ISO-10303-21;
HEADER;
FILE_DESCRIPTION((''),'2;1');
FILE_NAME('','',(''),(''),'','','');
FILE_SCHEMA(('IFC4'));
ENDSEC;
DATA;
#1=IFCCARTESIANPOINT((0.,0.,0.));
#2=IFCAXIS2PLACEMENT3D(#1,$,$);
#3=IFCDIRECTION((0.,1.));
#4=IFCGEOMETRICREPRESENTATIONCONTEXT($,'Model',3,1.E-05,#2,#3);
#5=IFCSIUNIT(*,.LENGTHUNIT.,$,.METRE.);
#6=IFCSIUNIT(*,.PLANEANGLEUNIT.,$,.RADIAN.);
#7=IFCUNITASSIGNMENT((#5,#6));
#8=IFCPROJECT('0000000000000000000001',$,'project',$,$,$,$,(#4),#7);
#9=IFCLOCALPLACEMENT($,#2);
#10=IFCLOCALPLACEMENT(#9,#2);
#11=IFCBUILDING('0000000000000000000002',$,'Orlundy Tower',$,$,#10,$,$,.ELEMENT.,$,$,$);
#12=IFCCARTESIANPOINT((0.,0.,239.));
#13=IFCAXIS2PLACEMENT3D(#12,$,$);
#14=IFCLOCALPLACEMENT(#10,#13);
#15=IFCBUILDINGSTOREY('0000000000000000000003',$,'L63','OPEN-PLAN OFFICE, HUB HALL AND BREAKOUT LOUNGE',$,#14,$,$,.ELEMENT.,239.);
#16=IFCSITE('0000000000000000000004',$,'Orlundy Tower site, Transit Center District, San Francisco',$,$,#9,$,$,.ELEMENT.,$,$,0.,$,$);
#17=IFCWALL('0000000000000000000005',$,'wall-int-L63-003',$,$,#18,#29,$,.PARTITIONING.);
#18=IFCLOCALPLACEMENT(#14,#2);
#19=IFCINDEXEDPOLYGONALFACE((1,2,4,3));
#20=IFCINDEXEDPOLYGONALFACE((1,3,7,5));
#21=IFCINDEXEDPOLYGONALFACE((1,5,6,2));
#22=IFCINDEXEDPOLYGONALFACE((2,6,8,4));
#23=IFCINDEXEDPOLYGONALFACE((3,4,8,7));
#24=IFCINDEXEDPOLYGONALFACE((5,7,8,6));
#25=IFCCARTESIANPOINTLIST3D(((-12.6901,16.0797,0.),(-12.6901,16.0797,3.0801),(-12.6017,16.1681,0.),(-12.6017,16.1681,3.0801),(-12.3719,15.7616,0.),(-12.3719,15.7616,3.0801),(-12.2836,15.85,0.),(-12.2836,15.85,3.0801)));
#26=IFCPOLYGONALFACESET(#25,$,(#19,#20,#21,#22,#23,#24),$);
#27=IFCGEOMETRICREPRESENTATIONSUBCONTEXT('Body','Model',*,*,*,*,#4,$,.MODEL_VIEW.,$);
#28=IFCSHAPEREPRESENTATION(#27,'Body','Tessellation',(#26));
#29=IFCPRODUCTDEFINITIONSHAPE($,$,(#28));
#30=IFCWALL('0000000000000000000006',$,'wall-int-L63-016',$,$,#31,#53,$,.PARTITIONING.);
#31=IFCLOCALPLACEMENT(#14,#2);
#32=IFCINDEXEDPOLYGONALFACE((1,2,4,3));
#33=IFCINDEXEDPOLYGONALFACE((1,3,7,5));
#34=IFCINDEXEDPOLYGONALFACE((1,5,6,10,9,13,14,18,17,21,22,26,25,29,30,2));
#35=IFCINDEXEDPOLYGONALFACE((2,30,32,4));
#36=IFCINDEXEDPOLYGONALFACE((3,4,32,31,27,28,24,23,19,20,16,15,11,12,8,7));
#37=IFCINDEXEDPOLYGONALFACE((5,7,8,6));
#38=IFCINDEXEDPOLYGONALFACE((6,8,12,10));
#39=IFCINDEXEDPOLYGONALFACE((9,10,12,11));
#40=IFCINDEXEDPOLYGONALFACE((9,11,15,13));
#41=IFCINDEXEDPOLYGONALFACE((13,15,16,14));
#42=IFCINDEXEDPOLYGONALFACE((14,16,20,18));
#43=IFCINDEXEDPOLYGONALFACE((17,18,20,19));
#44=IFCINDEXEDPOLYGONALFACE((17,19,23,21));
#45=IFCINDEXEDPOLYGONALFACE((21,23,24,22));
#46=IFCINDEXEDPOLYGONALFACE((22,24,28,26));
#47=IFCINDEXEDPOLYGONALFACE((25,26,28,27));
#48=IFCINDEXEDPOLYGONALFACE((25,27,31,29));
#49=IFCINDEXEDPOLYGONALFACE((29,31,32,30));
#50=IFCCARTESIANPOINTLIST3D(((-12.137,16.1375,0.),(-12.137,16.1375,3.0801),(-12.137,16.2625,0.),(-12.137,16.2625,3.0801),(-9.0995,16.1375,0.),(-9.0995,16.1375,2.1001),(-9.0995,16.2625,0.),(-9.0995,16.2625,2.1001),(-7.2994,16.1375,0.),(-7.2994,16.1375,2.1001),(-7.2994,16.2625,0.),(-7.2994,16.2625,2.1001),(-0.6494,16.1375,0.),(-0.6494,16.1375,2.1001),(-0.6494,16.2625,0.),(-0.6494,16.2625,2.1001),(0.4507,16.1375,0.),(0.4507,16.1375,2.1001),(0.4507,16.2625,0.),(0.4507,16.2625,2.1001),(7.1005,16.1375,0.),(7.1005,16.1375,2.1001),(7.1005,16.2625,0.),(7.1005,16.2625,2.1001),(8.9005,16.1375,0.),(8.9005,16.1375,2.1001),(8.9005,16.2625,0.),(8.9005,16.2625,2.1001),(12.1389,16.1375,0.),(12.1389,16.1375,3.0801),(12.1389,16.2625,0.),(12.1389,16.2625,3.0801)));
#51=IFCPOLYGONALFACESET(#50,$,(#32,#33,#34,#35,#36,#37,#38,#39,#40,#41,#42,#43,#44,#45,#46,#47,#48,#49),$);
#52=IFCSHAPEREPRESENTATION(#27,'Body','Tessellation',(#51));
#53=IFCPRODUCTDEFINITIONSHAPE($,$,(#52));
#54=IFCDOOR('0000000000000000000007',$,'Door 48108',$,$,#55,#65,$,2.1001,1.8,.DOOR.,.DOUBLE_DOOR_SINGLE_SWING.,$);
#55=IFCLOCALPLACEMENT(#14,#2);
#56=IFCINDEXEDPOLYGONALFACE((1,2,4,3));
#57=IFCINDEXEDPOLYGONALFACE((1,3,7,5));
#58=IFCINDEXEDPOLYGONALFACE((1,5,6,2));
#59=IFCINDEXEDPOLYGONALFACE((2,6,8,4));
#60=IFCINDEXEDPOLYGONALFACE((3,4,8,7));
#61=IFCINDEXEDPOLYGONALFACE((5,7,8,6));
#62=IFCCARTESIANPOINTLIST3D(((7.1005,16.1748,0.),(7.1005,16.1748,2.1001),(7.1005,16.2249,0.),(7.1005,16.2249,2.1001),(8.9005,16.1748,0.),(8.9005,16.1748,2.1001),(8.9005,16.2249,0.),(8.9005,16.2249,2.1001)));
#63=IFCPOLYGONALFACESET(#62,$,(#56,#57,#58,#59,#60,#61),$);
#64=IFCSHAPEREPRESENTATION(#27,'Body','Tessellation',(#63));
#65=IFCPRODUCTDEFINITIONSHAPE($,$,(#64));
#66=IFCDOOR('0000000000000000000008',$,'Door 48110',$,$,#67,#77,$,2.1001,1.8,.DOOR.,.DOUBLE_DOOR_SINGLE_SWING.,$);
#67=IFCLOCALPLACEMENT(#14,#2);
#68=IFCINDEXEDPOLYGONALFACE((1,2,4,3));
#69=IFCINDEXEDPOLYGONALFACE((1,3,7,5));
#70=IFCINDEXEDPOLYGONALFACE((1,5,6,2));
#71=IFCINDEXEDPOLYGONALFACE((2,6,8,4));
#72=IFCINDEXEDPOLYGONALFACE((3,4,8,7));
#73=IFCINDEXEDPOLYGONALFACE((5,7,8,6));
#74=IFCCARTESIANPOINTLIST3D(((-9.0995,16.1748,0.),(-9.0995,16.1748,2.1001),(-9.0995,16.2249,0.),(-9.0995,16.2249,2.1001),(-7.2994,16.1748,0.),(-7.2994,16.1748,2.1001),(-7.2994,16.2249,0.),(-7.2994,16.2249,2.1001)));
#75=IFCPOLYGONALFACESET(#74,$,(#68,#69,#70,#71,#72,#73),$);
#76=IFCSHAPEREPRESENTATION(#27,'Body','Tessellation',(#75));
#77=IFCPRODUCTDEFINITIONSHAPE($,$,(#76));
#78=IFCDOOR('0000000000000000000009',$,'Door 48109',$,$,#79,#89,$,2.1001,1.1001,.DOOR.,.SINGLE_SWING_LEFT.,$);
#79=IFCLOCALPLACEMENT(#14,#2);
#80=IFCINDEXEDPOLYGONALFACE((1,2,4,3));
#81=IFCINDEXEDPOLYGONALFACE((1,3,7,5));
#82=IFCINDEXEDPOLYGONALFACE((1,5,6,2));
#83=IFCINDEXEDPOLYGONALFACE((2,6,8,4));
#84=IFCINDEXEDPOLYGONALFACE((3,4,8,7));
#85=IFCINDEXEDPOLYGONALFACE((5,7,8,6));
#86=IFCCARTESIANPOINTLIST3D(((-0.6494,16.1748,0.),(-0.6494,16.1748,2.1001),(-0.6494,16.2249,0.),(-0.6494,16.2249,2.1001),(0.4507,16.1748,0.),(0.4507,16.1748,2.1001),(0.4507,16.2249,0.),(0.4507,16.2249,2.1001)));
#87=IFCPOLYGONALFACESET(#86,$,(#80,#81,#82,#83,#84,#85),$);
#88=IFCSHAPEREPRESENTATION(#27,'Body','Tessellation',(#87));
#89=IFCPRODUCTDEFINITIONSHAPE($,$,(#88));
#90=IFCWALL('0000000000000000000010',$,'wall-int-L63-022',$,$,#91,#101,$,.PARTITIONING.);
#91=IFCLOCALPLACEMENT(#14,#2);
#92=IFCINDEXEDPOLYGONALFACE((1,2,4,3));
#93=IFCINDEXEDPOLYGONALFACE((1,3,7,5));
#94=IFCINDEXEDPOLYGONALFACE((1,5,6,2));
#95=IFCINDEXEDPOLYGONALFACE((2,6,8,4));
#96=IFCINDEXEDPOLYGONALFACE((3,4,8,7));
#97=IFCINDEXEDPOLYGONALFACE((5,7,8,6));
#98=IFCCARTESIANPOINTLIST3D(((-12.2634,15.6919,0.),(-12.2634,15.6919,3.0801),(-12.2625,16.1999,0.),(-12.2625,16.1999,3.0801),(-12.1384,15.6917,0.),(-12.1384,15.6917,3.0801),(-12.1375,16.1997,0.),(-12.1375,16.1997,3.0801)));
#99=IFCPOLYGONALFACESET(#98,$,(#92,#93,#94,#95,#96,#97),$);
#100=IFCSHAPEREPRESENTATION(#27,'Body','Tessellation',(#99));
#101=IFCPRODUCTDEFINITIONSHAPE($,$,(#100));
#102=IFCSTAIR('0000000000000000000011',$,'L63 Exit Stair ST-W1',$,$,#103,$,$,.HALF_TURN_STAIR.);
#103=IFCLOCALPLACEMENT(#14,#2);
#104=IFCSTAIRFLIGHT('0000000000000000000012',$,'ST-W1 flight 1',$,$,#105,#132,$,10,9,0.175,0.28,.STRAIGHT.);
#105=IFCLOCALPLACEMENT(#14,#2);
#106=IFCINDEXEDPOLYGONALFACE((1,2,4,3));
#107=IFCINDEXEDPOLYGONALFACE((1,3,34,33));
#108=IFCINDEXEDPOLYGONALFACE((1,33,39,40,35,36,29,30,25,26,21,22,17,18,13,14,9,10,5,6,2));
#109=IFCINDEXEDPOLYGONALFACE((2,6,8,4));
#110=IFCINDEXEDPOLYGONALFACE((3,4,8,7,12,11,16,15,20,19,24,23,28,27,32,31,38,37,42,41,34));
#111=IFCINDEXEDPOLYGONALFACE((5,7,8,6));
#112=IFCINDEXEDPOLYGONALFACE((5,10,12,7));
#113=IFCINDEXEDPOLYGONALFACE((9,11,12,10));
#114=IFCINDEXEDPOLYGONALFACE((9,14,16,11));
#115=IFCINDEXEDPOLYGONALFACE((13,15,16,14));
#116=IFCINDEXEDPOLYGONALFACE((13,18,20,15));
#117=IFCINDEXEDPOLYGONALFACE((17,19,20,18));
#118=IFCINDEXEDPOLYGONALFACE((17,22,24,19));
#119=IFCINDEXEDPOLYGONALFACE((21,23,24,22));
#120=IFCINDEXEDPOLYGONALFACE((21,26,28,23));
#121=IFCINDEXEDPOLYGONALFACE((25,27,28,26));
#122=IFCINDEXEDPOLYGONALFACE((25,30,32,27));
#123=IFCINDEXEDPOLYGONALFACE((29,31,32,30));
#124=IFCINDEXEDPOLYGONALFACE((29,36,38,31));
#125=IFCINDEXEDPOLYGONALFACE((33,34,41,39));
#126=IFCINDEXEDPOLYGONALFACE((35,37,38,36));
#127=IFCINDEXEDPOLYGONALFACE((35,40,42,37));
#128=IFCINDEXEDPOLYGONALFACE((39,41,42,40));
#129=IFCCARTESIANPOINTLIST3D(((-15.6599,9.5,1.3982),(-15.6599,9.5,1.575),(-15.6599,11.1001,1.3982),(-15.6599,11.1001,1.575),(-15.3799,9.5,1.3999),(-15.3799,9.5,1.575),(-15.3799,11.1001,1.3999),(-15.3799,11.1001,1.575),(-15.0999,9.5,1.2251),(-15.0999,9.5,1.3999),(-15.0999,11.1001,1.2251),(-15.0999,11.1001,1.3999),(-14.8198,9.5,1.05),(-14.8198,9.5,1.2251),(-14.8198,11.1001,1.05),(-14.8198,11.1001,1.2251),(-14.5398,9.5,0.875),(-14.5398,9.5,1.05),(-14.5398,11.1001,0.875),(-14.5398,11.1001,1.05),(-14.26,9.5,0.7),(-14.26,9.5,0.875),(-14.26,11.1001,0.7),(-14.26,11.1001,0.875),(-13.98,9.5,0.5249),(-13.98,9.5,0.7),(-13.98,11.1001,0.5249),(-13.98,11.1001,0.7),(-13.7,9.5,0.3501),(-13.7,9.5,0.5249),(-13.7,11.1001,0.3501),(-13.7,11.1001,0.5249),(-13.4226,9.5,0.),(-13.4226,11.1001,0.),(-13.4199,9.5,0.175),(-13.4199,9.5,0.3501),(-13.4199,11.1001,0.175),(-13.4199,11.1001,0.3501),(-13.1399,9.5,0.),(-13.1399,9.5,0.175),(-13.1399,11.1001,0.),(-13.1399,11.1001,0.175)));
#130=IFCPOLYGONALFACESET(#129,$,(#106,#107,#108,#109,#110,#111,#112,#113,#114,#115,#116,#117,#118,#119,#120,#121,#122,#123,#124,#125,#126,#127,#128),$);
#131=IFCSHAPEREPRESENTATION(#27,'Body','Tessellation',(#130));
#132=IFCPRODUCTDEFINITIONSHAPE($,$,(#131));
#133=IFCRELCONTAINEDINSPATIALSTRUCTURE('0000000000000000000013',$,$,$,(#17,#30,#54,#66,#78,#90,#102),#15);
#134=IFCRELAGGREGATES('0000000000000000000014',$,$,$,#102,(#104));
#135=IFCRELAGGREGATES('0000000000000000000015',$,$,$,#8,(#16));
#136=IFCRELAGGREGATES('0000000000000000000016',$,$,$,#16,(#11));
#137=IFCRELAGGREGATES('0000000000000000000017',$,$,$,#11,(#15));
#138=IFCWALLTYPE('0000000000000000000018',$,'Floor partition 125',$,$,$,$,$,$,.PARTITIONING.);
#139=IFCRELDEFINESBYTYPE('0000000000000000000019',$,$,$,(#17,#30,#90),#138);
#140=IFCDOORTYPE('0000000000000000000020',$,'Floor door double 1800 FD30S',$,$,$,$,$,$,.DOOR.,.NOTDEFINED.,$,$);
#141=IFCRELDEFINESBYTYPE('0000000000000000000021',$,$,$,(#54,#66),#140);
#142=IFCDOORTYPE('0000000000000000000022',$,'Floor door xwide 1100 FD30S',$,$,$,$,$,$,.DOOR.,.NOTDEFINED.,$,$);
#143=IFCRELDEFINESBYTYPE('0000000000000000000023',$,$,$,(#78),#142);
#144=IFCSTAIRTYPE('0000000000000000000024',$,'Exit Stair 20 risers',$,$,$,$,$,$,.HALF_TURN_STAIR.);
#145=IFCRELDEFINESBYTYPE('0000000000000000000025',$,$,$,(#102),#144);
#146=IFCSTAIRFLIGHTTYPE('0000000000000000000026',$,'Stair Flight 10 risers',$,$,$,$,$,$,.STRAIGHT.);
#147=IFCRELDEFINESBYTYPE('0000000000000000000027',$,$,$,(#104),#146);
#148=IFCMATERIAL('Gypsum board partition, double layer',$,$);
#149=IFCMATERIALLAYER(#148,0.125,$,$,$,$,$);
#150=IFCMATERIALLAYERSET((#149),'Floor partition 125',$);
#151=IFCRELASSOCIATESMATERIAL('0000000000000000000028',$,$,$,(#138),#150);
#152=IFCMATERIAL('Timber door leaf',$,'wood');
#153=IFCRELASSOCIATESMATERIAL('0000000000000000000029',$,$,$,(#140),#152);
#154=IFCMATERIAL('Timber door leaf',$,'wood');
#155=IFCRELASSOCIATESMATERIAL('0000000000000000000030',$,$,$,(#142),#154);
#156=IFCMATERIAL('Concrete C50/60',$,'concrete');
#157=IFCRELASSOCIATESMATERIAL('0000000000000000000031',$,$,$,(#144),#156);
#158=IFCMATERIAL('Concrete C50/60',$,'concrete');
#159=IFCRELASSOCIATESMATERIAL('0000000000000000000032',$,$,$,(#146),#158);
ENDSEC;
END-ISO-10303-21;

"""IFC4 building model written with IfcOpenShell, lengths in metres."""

from ifc_helpers import new_model, si_unit, direction, frame, frame_2d, origin, place, context, subcontext, project, spatial, polyline, rectangle, outline, extrude, material, layer, layer_set, type_object, element, fill, aggregate, save


model = new_model("IFC4")

# Units and contexts
model_context = context("Model", 3, precision=1e-05, world=origin(), true_north=direction((0.0, 1.0)))
body_context = subcontext(model_context, "Body", "Model", "MODEL_VIEW")
ifc_project = project(units=[si_unit("LENGTHUNIT", "METRE"), si_unit("PLANEANGLEUNIT", "RADIAN")], contexts=[model_context])

# Site, building, storey
site_placement = place(None, origin())
site = spatial("IfcSite", under=ifc_project, at=site_placement, Name="Orlundy Tower site, Transit Center District, San Francisco", CompositionType="ELEMENT", RefElevation=0.0)
building_placement = place(site_placement, origin())
building = spatial("IfcBuilding", under=site, at=building_placement, Name="Orlundy Tower", CompositionType="ELEMENT")
storey_placement = place(building_placement, frame((0.0, 0.0, 239.0)))
storey = spatial("IfcBuildingStorey", under=building, at=storey_placement, Name="L63", Description="OPEN-PLAN OFFICE, HUB HALL AND BREAKOUT LOUNGE", CompositionType="ELEMENT", Elevation=239.0)

# Wall
ifc_material_1 = material(Name="Gypsum board partition, double layer")
ifc_layer_1 = layer(ifc_material_1, 0.125)
ifc_layer_set_1 = layer_set([ifc_layer_1], Name="Floor partition 125")
wall_type_1 = type_object("IfcWallType", Name="Floor partition 125", PredefinedType="PARTITIONING", material=ifc_layer_set_1)
wall_1_placement = place(storey_placement, frame((-12.646, 16.124, 0.0), z_axis=(0.0, 0.0, 1.0), x_axis=(0.707107, -0.707107, 0.0)))
element("IfcWall", 1, at=wall_1_placement, inside=storey, type_object=wall_type_1, Name="wall-int-L63-003", PredefinedType="PARTITIONING", context=body_context, shape_type="SweptSolid", body=[
    extrude(rectangle(XDim=0.45, YDim=0.125, at=frame_2d((0.2251, 0.0))), origin(), (0.0, 0.0, 1.0), 3.0801),
])

# Wall, openings, doors
wall_2_placement = place(storey_placement, frame((-12.137, 16.2, 0.0), z_axis=(0.0, 0.0, 1.0), x_axis=(1.0, 0.0, 0.0)))
wall_2 = element("IfcWall", 2, at=wall_2_placement, inside=storey, type_object=wall_type_1, Name="wall-int-L63-016", PredefinedType="PARTITIONING", context=body_context, shape_type="SweptSolid", body=[
    extrude(rectangle(XDim=24.2759, YDim=0.125, at=frame_2d((12.1379, 0.0))), origin(), (0.0, 0.0, 1.0), 3.0801),
])
opening_1_placement = place(wall_2_placement, frame((19.2375, 0.0, 0.0)))
opening_1 = element("IfcOpeningElement", 3, at=opening_1_placement, cuts=wall_2, PredefinedType="OPENING", context=body_context, shape_type="SweptSolid", body=[
    extrude(rectangle(XDim=1.8, YDim=2.1001, at=frame_2d((0.8999, 1.05))), frame((0.0, 0.0725, 0.0), z_axis=(0.0, -1.0, 0.0), x_axis=(1.0, 0.0, 0.0)), (0.0, 0.0, 1.0), 0.145),
])
opening_2_placement = place(wall_2_placement, frame((11.4875, 0.0, 0.0)))
opening_2 = element("IfcOpeningElement", 4, at=opening_2_placement, cuts=wall_2, PredefinedType="OPENING", context=body_context, shape_type="SweptSolid", body=[
    extrude(rectangle(XDim=1.1001, YDim=2.1001, at=frame_2d((0.55, 1.05))), frame((0.0, 0.0725, 0.0), z_axis=(0.0, -1.0, 0.0), x_axis=(1.0, 0.0, 0.0)), (0.0, 0.0, 1.0), 0.145),
])
opening_3_placement = place(wall_2_placement, frame((3.0376, 0.0, 0.0)))
opening_3 = element("IfcOpeningElement", 5, at=opening_3_placement, cuts=wall_2, PredefinedType="OPENING", context=body_context, shape_type="SweptSolid", body=[
    extrude(rectangle(XDim=1.8, YDim=2.1001, at=frame_2d((0.8999, 1.05))), frame((0.0, 0.0725, 0.0), z_axis=(0.0, -1.0, 0.0), x_axis=(1.0, 0.0, 0.0)), (0.0, 0.0, 1.0), 0.145),
])
ifc_material_2 = material(Name="Timber door leaf", Category="wood")
door_type_1 = type_object("IfcDoorType", Name="Floor door double 1800 FD30S", OperationType="NOTDEFINED", PredefinedType="DOOR", material=ifc_material_2)
door_1_placement = place(opening_1_placement, origin())
door_1 = element("IfcDoor", 6, at=door_1_placement, inside=storey, type_object=door_type_1, Name="Door 48108", OperationType="DOUBLE_DOOR_SINGLE_SWING", OverallHeight=2.1001, OverallWidth=1.8, PredefinedType="DOOR", context=body_context, shape_type="SweptSolid", body=[
    extrude(rectangle(XDim=1.8, YDim=2.1001, at=frame_2d((0.8999, 1.05))), frame((0.0, 0.0249, 0.0), z_axis=(0.0, -1.0, 0.0), x_axis=(1.0, 0.0, 0.0)), (0.0, 0.0, 1.0), 0.05),
])
fill(opening_1, door_1)
door_2_placement = place(opening_3_placement, origin())
door_2 = element("IfcDoor", 7, at=door_2_placement, inside=storey, type_object=door_type_1, Name="Door 48110", OperationType="DOUBLE_DOOR_SINGLE_SWING", OverallHeight=2.1001, OverallWidth=1.8, PredefinedType="DOOR", context=body_context, shape_type="SweptSolid", body=[
    extrude(rectangle(XDim=1.8, YDim=2.1001, at=frame_2d((0.8999, 1.05))), frame((0.0, 0.0249, 0.0), z_axis=(0.0, -1.0, 0.0), x_axis=(1.0, 0.0, 0.0)), (0.0, 0.0, 1.0), 0.05),
])
fill(opening_3, door_2)
ifc_material_3 = material(Name="Timber door leaf", Category="wood")
door_type_2 = type_object("IfcDoorType", Name="Floor door xwide 1100 FD30S", OperationType="NOTDEFINED", PredefinedType="DOOR", material=ifc_material_3)
door_3_placement = place(opening_2_placement, origin())
door_3 = element("IfcDoor", 8, at=door_3_placement, inside=storey, type_object=door_type_2, Name="Door 48109", OperationType="SINGLE_SWING_LEFT", OverallHeight=2.1001, OverallWidth=1.1001, PredefinedType="DOOR", context=body_context, shape_type="SweptSolid", body=[
    extrude(rectangle(XDim=1.1001, YDim=2.1001, at=frame_2d((0.55, 1.05))), frame((0.0, 0.0249, 0.0), z_axis=(0.0, -1.0, 0.0), x_axis=(1.0, 0.0, 0.0)), (0.0, 0.0, 1.0), 0.05),
])
fill(opening_2, door_3)

# Wall
wall_3_placement = place(storey_placement, frame((-12.2009, 15.6919, 0.0), z_axis=(0.0, 0.0, 1.0), x_axis=(0.001922, 0.999998, 0.0)))
element("IfcWall", 9, at=wall_3_placement, inside=storey, type_object=wall_type_1, Name="wall-int-L63-022", PredefinedType="PARTITIONING", context=body_context, shape_type="SweptSolid", body=[
    extrude(rectangle(XDim=0.5081, YDim=0.125, at=frame_2d((0.2539, 0.0))), origin(), (0.0, 0.0, 1.0), 3.0801),
])

# Stair, stair flight
ifc_material_4 = material(Name="Concrete C50/60", Category="concrete")
stair_type = type_object("IfcStairType", Name="Exit Stair 20 risers", PredefinedType="HALF_TURN_STAIR", material=ifc_material_4)
stair_placement = place(storey_placement, origin())
stair = element("IfcStair", 10, at=stair_placement, inside=storey, type_object=stair_type, Name="L63 Exit Stair ST-W1", PredefinedType="HALF_TURN_STAIR")
ifc_material_5 = material(Name="Concrete C50/60", Category="concrete")
stair_flight_type = type_object("IfcStairFlightType", Name="Stair Flight 10 risers", PredefinedType="STRAIGHT", material=ifc_material_5)
stair_flight_placement = place(storey_placement, frame((-13.1399, 10.3, 0.0), z_axis=(0.0, 0.0, 1.0), x_axis=(-1.0, 0.0, 0.0)))
stair_flight = element("IfcStairFlight", 11, at=stair_flight_placement, type_object=stair_flight_type, Name="ST-W1 flight 1", NumberOfRisers=10, NumberOfTreads=9, PredefinedType="STRAIGHT", RiserHeight=0.175, TreadLength=0.28, context=body_context, shape_type="SweptSolid", body=[
    extrude(outline(polyline([(0.0, 0.0), (0.0, 0.175), (0.28, 0.175), (0.28, 0.3501), (0.5601, 0.3501), (0.5601, 0.5249), (0.8401, 0.5249), (0.8401, 0.7), (1.1201, 0.7), (1.1201, 0.875), (1.3999, 0.875), (1.3999, 1.05), (1.6799, 1.05), (1.6799, 1.2251), (1.96, 1.2251), (1.96, 1.3999), (2.24, 1.3999), (2.24, 1.575), (2.52, 1.575), (2.52, 1.75), (2.52, 1.3982), (0.2827, 0.0), (0.0, 0.0)])), frame((0.0, 0.8, 0.0), z_axis=(0.0, -1.0, 0.0), x_axis=(1.0, 0.0, 0.0)), (0.0, 0.0, 1.0), 1.6001),
])
aggregate(stair, [stair_flight])

save(model, "model.ifc")
